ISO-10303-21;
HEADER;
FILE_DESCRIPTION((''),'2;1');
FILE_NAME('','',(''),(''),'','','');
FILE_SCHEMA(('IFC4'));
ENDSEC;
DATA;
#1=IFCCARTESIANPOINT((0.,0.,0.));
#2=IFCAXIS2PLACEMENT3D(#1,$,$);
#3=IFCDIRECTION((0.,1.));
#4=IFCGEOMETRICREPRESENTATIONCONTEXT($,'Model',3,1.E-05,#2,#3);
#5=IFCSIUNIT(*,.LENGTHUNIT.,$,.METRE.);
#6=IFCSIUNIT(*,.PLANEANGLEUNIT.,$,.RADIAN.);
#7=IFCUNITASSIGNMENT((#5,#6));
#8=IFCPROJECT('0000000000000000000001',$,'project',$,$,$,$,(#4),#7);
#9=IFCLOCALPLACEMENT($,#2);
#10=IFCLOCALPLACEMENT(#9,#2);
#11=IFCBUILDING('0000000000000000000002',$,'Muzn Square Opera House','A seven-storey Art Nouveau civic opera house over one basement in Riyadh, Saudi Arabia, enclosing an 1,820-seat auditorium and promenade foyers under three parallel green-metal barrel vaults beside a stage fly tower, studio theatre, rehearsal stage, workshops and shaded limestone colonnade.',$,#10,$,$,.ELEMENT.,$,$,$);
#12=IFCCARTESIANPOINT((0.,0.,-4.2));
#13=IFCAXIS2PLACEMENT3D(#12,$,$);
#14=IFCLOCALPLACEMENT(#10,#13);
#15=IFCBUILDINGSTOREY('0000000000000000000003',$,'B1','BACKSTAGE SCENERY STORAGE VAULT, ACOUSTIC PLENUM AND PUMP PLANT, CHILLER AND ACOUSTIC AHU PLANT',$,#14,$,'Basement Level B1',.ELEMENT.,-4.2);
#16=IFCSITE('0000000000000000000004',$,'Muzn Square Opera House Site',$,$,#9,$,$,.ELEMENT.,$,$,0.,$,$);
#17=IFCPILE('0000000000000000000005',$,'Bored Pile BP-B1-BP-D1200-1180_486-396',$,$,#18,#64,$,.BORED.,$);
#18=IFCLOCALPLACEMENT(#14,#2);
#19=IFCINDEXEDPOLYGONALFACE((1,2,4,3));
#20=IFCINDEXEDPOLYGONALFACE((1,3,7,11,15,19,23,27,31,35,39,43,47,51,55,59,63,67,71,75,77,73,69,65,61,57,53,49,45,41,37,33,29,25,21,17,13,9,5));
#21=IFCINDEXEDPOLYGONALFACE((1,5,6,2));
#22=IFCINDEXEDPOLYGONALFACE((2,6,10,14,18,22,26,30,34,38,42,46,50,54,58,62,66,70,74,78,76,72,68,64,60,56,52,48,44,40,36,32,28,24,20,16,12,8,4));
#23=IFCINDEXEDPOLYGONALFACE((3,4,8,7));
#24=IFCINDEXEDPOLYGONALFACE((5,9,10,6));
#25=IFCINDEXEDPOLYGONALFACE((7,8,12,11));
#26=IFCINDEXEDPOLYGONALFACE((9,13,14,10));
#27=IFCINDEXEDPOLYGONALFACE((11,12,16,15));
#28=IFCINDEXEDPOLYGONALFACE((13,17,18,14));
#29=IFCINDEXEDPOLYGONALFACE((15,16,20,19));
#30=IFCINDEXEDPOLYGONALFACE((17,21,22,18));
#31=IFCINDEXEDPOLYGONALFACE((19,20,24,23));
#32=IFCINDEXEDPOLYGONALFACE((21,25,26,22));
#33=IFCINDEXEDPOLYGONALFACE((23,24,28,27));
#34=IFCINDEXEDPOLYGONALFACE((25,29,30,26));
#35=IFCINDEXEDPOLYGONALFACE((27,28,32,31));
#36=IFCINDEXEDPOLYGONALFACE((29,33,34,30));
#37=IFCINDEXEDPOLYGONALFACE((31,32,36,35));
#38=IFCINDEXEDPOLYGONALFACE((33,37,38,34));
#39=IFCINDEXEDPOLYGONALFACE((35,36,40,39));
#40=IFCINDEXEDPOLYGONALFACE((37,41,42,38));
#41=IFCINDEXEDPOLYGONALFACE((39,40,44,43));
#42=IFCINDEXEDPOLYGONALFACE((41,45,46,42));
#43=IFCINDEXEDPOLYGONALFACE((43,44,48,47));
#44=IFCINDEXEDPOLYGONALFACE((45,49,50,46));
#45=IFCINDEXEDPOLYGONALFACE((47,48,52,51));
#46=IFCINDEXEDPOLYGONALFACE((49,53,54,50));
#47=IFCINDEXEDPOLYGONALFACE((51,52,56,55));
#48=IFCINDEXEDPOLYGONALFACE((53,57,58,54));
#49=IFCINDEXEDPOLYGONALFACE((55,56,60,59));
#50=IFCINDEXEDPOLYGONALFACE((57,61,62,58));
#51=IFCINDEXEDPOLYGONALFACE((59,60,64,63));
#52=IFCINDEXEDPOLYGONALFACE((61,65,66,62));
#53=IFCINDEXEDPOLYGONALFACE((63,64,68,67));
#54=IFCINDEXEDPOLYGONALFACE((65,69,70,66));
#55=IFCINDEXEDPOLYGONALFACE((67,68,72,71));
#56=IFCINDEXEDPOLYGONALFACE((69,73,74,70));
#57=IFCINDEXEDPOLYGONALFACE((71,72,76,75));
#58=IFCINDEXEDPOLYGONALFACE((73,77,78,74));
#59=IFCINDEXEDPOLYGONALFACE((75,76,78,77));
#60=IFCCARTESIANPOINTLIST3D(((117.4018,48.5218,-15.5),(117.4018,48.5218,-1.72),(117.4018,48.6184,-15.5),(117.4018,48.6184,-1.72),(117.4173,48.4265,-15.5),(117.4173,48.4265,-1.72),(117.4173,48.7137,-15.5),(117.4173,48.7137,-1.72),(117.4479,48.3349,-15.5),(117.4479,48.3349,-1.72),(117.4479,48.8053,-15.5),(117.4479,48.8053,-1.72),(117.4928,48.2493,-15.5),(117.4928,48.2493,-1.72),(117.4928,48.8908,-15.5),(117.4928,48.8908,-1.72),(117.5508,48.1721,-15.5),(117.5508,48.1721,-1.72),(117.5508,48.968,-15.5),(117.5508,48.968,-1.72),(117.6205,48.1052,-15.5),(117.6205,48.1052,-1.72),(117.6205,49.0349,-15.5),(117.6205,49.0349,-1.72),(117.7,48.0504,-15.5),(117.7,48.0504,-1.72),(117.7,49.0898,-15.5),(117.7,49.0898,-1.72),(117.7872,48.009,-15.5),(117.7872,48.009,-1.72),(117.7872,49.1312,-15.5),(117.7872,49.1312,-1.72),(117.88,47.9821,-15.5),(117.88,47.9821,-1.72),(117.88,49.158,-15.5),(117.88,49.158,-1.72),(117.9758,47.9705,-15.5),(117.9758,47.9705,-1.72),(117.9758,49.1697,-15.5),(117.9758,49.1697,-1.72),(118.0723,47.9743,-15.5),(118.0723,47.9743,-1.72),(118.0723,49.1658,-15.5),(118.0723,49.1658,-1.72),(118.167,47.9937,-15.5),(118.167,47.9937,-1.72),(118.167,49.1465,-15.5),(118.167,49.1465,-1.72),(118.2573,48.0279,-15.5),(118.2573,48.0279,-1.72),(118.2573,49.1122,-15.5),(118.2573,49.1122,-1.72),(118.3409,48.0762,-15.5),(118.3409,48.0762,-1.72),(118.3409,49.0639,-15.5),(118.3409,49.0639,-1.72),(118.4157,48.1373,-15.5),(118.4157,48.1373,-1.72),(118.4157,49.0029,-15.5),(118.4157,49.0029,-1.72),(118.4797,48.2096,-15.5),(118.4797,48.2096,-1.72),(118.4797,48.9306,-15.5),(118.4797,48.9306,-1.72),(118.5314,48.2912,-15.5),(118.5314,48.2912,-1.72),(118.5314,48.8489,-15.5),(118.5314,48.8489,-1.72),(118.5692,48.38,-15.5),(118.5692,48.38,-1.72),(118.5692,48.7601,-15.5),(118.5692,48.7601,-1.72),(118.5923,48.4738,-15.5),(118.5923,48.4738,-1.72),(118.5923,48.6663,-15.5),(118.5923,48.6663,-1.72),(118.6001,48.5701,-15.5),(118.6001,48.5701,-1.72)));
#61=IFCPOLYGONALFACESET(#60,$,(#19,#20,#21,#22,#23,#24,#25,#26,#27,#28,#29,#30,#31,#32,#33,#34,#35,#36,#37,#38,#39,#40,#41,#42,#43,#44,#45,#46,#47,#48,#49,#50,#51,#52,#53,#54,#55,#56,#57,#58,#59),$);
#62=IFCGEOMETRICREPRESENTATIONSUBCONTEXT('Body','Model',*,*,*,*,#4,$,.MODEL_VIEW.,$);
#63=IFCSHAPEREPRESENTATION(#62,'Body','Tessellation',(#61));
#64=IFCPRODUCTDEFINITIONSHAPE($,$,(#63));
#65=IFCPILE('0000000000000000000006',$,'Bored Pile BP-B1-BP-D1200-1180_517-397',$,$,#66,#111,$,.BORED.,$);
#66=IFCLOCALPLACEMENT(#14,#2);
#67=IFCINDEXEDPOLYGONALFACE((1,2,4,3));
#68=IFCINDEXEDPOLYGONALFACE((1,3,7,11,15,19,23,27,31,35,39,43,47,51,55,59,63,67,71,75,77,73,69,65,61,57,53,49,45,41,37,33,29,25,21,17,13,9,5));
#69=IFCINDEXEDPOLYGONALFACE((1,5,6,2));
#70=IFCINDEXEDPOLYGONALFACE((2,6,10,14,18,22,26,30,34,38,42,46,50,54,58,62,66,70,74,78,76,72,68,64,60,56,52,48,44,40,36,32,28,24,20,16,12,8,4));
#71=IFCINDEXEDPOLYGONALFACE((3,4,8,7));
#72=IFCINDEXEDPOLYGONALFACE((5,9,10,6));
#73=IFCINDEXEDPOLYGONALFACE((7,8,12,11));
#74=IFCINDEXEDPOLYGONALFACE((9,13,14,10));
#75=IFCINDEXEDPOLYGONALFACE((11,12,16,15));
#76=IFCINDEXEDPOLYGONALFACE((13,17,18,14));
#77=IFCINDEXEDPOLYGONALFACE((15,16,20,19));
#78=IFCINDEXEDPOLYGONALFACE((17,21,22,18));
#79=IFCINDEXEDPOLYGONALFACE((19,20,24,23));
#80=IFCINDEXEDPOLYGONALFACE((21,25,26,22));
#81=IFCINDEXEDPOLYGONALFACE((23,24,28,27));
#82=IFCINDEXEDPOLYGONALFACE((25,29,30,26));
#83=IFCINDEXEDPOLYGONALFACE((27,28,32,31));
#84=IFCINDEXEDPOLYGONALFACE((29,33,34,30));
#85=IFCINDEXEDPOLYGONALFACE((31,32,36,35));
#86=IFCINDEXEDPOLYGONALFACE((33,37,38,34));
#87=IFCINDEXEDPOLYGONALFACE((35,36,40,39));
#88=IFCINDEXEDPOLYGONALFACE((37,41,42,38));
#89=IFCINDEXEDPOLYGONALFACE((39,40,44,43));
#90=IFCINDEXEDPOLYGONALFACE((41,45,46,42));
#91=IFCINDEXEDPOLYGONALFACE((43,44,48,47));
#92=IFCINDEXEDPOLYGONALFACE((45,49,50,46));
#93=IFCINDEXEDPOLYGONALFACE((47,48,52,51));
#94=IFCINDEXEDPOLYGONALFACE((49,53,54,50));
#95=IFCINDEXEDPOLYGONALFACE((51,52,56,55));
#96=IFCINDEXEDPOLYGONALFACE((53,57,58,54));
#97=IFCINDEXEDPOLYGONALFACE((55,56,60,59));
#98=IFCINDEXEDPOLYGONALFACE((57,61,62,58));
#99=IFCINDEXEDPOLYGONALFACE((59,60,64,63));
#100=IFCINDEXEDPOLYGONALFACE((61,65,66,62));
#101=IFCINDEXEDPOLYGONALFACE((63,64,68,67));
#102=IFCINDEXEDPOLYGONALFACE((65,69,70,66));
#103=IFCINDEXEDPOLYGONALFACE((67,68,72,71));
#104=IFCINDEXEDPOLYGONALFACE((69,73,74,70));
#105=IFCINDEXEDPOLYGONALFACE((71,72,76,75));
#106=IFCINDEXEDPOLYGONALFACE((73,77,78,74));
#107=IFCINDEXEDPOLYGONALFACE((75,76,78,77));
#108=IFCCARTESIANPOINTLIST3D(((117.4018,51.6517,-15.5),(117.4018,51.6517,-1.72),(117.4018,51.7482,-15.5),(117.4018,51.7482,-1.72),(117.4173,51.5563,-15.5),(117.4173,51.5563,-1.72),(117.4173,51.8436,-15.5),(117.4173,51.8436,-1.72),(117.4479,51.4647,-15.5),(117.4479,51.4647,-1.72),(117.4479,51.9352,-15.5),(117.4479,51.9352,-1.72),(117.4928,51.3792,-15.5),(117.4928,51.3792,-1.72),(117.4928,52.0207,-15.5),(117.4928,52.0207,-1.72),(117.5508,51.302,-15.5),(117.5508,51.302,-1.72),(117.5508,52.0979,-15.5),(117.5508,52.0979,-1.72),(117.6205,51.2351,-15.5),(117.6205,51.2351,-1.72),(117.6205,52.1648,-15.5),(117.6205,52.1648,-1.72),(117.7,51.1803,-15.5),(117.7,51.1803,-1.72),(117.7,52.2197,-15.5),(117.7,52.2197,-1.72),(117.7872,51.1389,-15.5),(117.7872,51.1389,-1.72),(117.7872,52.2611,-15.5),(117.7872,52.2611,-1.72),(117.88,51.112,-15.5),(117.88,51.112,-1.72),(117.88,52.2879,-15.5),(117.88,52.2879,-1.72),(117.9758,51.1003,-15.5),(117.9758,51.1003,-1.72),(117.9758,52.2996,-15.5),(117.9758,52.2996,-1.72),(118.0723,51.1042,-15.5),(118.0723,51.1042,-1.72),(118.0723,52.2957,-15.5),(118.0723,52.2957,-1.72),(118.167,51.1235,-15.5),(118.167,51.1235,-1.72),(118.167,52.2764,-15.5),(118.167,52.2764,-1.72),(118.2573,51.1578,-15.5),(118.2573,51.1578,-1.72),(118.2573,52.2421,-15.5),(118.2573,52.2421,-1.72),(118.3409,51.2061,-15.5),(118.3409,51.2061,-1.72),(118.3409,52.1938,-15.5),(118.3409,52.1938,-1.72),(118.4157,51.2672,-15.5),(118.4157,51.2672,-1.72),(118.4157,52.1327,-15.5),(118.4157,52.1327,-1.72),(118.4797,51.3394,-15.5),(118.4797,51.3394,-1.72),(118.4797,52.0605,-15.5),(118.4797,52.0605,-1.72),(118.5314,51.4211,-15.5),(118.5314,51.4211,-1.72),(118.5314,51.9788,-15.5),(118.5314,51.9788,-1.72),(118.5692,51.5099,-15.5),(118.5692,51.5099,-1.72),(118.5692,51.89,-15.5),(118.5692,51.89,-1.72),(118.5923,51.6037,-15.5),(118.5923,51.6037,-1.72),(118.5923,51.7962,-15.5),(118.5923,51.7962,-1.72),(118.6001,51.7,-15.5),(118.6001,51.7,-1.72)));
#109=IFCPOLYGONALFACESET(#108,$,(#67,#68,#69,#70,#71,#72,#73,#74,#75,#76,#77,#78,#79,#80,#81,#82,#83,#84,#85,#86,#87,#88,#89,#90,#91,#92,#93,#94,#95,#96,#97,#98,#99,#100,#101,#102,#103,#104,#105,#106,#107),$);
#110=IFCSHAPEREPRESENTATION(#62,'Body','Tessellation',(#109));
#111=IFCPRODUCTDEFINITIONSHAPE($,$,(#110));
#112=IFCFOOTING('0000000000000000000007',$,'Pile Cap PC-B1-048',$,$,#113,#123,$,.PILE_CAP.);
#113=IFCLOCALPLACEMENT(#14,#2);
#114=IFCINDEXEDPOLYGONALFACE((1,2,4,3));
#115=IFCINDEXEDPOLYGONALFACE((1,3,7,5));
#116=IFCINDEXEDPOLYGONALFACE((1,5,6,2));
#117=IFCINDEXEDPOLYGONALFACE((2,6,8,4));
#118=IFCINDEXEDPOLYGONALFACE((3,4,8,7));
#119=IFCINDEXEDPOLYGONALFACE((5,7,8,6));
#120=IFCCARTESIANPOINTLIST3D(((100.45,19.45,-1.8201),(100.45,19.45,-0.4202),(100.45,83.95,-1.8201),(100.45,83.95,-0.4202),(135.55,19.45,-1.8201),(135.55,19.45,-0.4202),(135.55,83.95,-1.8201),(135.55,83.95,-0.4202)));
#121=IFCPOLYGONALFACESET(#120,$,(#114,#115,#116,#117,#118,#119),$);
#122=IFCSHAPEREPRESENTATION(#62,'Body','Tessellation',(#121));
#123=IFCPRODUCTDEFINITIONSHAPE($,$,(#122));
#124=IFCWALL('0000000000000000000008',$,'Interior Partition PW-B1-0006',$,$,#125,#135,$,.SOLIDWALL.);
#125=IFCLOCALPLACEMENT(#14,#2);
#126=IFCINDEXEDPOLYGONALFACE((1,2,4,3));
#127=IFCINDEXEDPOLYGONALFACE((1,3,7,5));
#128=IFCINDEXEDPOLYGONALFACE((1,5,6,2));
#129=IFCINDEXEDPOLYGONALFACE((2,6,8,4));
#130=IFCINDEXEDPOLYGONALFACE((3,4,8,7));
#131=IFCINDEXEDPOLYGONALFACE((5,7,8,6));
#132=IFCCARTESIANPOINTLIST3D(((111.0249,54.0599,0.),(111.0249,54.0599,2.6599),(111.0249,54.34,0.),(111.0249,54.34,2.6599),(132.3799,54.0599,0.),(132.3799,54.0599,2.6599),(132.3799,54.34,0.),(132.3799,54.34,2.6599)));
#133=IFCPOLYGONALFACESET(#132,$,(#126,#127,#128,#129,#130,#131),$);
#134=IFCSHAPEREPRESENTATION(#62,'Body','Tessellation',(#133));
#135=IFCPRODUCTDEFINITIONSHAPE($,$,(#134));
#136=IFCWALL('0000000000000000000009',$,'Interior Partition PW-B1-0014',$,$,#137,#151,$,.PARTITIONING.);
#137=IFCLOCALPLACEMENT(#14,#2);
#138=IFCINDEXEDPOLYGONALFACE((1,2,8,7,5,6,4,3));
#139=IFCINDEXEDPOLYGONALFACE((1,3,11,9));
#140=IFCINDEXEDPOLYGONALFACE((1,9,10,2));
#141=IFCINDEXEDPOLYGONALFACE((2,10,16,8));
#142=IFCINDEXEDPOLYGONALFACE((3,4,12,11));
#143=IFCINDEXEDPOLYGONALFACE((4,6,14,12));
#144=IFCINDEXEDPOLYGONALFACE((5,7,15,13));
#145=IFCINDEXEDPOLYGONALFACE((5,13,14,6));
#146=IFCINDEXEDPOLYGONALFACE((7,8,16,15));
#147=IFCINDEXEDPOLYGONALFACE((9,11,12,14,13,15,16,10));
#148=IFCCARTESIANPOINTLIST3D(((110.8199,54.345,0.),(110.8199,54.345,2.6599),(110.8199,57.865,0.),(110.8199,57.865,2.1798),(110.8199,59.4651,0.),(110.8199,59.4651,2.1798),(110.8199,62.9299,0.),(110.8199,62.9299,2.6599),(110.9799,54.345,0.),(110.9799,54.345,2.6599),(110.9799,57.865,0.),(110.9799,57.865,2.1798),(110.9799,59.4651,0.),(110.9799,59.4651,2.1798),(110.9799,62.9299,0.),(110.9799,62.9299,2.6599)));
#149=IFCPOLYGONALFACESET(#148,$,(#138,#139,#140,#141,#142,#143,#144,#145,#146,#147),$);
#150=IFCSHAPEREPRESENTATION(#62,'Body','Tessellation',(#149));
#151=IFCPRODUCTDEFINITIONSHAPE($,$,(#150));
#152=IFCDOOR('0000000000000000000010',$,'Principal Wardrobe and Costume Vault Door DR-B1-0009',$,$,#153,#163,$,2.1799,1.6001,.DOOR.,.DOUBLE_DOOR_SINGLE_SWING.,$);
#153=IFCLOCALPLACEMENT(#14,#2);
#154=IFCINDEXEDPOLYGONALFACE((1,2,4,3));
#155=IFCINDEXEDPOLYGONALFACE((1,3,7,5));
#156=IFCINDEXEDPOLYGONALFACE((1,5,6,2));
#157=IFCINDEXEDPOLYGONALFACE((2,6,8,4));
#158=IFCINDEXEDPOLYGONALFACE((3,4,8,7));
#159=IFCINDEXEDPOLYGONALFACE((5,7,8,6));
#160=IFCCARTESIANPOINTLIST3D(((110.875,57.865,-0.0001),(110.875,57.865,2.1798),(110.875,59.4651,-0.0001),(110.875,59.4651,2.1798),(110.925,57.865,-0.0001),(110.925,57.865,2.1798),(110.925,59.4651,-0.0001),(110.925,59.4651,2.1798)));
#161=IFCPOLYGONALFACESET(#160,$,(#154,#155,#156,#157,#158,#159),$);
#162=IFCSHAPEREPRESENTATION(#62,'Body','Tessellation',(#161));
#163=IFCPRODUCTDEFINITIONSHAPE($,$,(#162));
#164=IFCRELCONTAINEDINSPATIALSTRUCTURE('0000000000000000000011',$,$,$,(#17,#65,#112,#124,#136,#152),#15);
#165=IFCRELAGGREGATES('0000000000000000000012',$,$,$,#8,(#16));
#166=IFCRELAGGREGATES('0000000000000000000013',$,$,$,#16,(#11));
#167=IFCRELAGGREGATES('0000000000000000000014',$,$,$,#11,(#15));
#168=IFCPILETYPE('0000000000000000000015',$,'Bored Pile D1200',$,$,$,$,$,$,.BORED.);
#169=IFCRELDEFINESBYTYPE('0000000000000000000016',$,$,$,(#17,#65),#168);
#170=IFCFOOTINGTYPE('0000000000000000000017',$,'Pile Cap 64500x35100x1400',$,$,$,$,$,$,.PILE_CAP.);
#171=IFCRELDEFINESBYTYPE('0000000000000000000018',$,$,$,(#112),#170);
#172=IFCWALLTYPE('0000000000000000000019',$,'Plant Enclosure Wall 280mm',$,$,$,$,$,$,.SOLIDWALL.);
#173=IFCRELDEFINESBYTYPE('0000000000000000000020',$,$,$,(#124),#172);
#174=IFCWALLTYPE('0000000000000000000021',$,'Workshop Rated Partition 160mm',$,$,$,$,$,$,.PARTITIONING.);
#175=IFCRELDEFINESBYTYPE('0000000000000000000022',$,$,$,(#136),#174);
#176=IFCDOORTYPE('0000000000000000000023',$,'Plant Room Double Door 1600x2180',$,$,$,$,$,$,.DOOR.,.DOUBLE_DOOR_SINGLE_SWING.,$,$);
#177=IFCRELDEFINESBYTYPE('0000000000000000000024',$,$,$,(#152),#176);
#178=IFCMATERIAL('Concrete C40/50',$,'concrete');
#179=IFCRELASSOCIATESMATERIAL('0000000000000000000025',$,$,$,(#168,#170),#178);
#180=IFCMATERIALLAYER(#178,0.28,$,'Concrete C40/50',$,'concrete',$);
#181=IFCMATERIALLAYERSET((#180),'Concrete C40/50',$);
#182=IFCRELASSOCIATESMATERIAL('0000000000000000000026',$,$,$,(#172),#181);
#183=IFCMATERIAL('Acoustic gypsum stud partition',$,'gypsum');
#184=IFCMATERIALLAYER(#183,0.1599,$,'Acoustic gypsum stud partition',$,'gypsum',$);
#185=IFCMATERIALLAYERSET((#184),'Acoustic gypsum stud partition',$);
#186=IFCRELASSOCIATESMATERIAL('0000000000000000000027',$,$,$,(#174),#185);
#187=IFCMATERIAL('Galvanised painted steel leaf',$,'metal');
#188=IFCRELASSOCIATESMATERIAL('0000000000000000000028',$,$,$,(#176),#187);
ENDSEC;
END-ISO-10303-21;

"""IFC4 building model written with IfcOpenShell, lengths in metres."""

from ifc_helpers import new_model, si_unit, direction, frame, frame_2d, origin, origin_2d, place, context, subcontext, project, spatial, rectangle, circle, extrude, material, layer, layer_set, material_profile, profile_set, type_object, element, fill, save


model = new_model("IFC4")

# Units and contexts
model_context = context("Model", 3, precision=1e-05, world=origin(), true_north=direction((0.0, 1.0)))
body_context = subcontext(model_context, "Body", "Model", "MODEL_VIEW")
ifc_project = project(units=[si_unit("LENGTHUNIT", "METRE"), si_unit("PLANEANGLEUNIT", "RADIAN")], contexts=[model_context])

# Site, building, storey
site_placement = place(None, origin())
site = spatial("IfcSite", under=ifc_project, at=site_placement, Name="Muzn Square Opera House Site", CompositionType="ELEMENT", RefElevation=0.0)
building_placement = place(site_placement, origin())
building = spatial("IfcBuilding", under=site, at=building_placement, Name="Muzn Square Opera House", Description="A seven-storey Art Nouveau civic opera house over one basement in Riyadh, Saudi Arabia, enclosing an 1,820-seat auditorium and promenade foyers under three parallel green-metal barrel vaults beside a stage fly tower, studio theatre, rehearsal stage, workshops and shaded limestone colonnade.", CompositionType="ELEMENT")
storey_placement = place(building_placement, frame((0.0, 0.0, -4.2)))
storey = spatial("IfcBuildingStorey", under=building, at=storey_placement, Name="B1", Description="BACKSTAGE SCENERY STORAGE VAULT, ACOUSTIC PLENUM AND PUMP PLANT, CHILLER AND ACOUSTIC AHU PLANT", LongName="Basement Level B1", CompositionType="ELEMENT", Elevation=-4.2)

# Piles
ifc_material_1 = material(Name="Concrete C40/50", Category="concrete")
ifc_material_profile = material_profile(ifc_material_1, circle(Radius=0.6001, at=origin_2d()), Name="BORED PILE D1200", Category="concrete")
ifc_profile_set = profile_set([ifc_material_profile], Name="Concrete C40/50")
pile_type = type_object("IfcPileType", Name="Bored Pile D1200", PredefinedType="BORED", material=ifc_profile_set)
for number, where, z_axis, x_axis, name in (
    (1, (118.0, 48.5701, -1.72), (0.0, 0.0, -1.0), (1.0, 0.0, 0.0), "Bored Pile BP-B1-BP-D1200-1180_486-396"),
    (2, (118.0, 51.7, -1.72), (0.0, 0.0, -1.0), (1.0, 0.0, 0.0), "Bored Pile BP-B1-BP-D1200-1180_517-397"),
):
    element("IfcPile", number, at=place(storey_placement, frame(where, z_axis=z_axis, x_axis=x_axis)), inside=storey, type_object=pile_type, Name=name, PredefinedType="BORED", context=body_context, shape_type="SweptSolid", body=[
        extrude(circle(Radius=0.6001, at=origin_2d()), origin(), (0.0, 0.0, 1.0), 13.78),
    ])

# Footing
footing_type = type_object("IfcFootingType", Name="Pile Cap 64500x35100x1400", PredefinedType="PILE_CAP", material=ifc_material_1)
footing_placement = place(storey_placement, frame((118.0, 51.7, -1.8201), z_axis=(0.0, 0.0, 1.0), x_axis=(1.0, 0.0, 0.0)))
element("IfcFooting", 3, at=footing_placement, inside=storey, type_object=footing_type, Name="Pile Cap PC-B1-048", PredefinedType="PILE_CAP", context=body_context, shape_type="SweptSolid", body=[
    extrude(rectangle(XDim=35.1001, YDim=64.5, at=origin_2d()), origin(), (0.0, 0.0, 1.0), 1.3999),
])

# Wall
ifc_layer_1 = layer(ifc_material_1, 0.28, Name="Concrete C40/50", Category="concrete")
ifc_layer_set_1 = layer_set([ifc_layer_1], Name="Concrete C40/50")
wall_type_1 = type_object("IfcWallType", Name="Plant Enclosure Wall 280mm", PredefinedType="SOLIDWALL", material=ifc_layer_set_1)
wall_1_placement = place(storey_placement, frame((111.0249, 54.2, 0.0), z_axis=(0.0, 0.0, 1.0), x_axis=(1.0, 0.0, 0.0)))
element("IfcWall", 4, at=wall_1_placement, inside=storey, type_object=wall_type_1, Name="Interior Partition PW-B1-0006", PredefinedType="SOLIDWALL", context=body_context, shape_type="SweptSolid", body=[
    extrude(rectangle(XDim=21.355, YDim=0.28, at=frame_2d((10.6775, 0.0))), origin(), (0.0, 0.0, 1.0), 2.6599),
])

# Wall, opening, door
ifc_material_2 = material(Name="Acoustic gypsum stud partition", Category="gypsum")
ifc_layer_2 = layer(ifc_material_2, 0.1599, Name="Acoustic gypsum stud partition", Category="gypsum")
ifc_layer_set_2 = layer_set([ifc_layer_2], Name="Acoustic gypsum stud partition")
wall_type_2 = type_object("IfcWallType", Name="Workshop Rated Partition 160mm", PredefinedType="PARTITIONING", material=ifc_layer_set_2)
wall_2_placement = place(storey_placement, frame((110.8999, 54.345, 0.0), z_axis=(0.0, 0.0, 1.0), x_axis=(0.0, 1.0, 0.0)))
wall_2 = element("IfcWall", 5, at=wall_2_placement, inside=storey, type_object=wall_type_2, Name="Interior Partition PW-B1-0014", PredefinedType="PARTITIONING", context=body_context, shape_type="SweptSolid", body=[
    extrude(rectangle(XDim=8.585, YDim=0.1599, at=frame_2d((4.2925, 0.0))), origin(), (0.0, 0.0, 1.0), 2.6599),
])
opening_placement = place(wall_2_placement, frame((3.52, 0.0, 0.0)))
opening = element("IfcOpeningElement", 6, at=opening_placement, cuts=wall_2, PredefinedType="OPENING", context=body_context, shape_type="SweptSolid", body=[
    extrude(rectangle(XDim=1.6001, YDim=2.1799, at=frame_2d((0.8, 1.0898))), frame((0.0, 0.0898, 0.0), z_axis=(0.0, -1.0, 0.0), x_axis=(1.0, 0.0, 0.0)), (0.0, 0.0, 1.0), 0.1799),
])
ifc_material_3 = material(Name="Galvanised painted steel leaf", Category="metal")
door_type = type_object("IfcDoorType", Name="Plant Room Double Door 1600x2180", OperationType="DOUBLE_DOOR_SINGLE_SWING", PredefinedType="DOOR", material=ifc_material_3)
door_placement = place(opening_placement, origin())
door = element("IfcDoor", 7, at=door_placement, inside=storey, type_object=door_type, Name="Principal Wardrobe and Costume Vault Door DR-B1-0009", OperationType="DOUBLE_DOOR_SINGLE_SWING", OverallHeight=2.1799, OverallWidth=1.6001, PredefinedType="DOOR", context=body_context, shape_type="SweptSolid", body=[
    extrude(rectangle(XDim=1.6001, YDim=2.1799, at=frame_2d((0.8, 1.0898))), frame((0.0, 0.0249, 0.0), z_axis=(0.0, -1.0, 0.0), x_axis=(1.0, 0.0, 0.0)), (0.0, 0.0, 1.0), 0.05),
])
fill(opening, door)

save(model, "model.ifc")
